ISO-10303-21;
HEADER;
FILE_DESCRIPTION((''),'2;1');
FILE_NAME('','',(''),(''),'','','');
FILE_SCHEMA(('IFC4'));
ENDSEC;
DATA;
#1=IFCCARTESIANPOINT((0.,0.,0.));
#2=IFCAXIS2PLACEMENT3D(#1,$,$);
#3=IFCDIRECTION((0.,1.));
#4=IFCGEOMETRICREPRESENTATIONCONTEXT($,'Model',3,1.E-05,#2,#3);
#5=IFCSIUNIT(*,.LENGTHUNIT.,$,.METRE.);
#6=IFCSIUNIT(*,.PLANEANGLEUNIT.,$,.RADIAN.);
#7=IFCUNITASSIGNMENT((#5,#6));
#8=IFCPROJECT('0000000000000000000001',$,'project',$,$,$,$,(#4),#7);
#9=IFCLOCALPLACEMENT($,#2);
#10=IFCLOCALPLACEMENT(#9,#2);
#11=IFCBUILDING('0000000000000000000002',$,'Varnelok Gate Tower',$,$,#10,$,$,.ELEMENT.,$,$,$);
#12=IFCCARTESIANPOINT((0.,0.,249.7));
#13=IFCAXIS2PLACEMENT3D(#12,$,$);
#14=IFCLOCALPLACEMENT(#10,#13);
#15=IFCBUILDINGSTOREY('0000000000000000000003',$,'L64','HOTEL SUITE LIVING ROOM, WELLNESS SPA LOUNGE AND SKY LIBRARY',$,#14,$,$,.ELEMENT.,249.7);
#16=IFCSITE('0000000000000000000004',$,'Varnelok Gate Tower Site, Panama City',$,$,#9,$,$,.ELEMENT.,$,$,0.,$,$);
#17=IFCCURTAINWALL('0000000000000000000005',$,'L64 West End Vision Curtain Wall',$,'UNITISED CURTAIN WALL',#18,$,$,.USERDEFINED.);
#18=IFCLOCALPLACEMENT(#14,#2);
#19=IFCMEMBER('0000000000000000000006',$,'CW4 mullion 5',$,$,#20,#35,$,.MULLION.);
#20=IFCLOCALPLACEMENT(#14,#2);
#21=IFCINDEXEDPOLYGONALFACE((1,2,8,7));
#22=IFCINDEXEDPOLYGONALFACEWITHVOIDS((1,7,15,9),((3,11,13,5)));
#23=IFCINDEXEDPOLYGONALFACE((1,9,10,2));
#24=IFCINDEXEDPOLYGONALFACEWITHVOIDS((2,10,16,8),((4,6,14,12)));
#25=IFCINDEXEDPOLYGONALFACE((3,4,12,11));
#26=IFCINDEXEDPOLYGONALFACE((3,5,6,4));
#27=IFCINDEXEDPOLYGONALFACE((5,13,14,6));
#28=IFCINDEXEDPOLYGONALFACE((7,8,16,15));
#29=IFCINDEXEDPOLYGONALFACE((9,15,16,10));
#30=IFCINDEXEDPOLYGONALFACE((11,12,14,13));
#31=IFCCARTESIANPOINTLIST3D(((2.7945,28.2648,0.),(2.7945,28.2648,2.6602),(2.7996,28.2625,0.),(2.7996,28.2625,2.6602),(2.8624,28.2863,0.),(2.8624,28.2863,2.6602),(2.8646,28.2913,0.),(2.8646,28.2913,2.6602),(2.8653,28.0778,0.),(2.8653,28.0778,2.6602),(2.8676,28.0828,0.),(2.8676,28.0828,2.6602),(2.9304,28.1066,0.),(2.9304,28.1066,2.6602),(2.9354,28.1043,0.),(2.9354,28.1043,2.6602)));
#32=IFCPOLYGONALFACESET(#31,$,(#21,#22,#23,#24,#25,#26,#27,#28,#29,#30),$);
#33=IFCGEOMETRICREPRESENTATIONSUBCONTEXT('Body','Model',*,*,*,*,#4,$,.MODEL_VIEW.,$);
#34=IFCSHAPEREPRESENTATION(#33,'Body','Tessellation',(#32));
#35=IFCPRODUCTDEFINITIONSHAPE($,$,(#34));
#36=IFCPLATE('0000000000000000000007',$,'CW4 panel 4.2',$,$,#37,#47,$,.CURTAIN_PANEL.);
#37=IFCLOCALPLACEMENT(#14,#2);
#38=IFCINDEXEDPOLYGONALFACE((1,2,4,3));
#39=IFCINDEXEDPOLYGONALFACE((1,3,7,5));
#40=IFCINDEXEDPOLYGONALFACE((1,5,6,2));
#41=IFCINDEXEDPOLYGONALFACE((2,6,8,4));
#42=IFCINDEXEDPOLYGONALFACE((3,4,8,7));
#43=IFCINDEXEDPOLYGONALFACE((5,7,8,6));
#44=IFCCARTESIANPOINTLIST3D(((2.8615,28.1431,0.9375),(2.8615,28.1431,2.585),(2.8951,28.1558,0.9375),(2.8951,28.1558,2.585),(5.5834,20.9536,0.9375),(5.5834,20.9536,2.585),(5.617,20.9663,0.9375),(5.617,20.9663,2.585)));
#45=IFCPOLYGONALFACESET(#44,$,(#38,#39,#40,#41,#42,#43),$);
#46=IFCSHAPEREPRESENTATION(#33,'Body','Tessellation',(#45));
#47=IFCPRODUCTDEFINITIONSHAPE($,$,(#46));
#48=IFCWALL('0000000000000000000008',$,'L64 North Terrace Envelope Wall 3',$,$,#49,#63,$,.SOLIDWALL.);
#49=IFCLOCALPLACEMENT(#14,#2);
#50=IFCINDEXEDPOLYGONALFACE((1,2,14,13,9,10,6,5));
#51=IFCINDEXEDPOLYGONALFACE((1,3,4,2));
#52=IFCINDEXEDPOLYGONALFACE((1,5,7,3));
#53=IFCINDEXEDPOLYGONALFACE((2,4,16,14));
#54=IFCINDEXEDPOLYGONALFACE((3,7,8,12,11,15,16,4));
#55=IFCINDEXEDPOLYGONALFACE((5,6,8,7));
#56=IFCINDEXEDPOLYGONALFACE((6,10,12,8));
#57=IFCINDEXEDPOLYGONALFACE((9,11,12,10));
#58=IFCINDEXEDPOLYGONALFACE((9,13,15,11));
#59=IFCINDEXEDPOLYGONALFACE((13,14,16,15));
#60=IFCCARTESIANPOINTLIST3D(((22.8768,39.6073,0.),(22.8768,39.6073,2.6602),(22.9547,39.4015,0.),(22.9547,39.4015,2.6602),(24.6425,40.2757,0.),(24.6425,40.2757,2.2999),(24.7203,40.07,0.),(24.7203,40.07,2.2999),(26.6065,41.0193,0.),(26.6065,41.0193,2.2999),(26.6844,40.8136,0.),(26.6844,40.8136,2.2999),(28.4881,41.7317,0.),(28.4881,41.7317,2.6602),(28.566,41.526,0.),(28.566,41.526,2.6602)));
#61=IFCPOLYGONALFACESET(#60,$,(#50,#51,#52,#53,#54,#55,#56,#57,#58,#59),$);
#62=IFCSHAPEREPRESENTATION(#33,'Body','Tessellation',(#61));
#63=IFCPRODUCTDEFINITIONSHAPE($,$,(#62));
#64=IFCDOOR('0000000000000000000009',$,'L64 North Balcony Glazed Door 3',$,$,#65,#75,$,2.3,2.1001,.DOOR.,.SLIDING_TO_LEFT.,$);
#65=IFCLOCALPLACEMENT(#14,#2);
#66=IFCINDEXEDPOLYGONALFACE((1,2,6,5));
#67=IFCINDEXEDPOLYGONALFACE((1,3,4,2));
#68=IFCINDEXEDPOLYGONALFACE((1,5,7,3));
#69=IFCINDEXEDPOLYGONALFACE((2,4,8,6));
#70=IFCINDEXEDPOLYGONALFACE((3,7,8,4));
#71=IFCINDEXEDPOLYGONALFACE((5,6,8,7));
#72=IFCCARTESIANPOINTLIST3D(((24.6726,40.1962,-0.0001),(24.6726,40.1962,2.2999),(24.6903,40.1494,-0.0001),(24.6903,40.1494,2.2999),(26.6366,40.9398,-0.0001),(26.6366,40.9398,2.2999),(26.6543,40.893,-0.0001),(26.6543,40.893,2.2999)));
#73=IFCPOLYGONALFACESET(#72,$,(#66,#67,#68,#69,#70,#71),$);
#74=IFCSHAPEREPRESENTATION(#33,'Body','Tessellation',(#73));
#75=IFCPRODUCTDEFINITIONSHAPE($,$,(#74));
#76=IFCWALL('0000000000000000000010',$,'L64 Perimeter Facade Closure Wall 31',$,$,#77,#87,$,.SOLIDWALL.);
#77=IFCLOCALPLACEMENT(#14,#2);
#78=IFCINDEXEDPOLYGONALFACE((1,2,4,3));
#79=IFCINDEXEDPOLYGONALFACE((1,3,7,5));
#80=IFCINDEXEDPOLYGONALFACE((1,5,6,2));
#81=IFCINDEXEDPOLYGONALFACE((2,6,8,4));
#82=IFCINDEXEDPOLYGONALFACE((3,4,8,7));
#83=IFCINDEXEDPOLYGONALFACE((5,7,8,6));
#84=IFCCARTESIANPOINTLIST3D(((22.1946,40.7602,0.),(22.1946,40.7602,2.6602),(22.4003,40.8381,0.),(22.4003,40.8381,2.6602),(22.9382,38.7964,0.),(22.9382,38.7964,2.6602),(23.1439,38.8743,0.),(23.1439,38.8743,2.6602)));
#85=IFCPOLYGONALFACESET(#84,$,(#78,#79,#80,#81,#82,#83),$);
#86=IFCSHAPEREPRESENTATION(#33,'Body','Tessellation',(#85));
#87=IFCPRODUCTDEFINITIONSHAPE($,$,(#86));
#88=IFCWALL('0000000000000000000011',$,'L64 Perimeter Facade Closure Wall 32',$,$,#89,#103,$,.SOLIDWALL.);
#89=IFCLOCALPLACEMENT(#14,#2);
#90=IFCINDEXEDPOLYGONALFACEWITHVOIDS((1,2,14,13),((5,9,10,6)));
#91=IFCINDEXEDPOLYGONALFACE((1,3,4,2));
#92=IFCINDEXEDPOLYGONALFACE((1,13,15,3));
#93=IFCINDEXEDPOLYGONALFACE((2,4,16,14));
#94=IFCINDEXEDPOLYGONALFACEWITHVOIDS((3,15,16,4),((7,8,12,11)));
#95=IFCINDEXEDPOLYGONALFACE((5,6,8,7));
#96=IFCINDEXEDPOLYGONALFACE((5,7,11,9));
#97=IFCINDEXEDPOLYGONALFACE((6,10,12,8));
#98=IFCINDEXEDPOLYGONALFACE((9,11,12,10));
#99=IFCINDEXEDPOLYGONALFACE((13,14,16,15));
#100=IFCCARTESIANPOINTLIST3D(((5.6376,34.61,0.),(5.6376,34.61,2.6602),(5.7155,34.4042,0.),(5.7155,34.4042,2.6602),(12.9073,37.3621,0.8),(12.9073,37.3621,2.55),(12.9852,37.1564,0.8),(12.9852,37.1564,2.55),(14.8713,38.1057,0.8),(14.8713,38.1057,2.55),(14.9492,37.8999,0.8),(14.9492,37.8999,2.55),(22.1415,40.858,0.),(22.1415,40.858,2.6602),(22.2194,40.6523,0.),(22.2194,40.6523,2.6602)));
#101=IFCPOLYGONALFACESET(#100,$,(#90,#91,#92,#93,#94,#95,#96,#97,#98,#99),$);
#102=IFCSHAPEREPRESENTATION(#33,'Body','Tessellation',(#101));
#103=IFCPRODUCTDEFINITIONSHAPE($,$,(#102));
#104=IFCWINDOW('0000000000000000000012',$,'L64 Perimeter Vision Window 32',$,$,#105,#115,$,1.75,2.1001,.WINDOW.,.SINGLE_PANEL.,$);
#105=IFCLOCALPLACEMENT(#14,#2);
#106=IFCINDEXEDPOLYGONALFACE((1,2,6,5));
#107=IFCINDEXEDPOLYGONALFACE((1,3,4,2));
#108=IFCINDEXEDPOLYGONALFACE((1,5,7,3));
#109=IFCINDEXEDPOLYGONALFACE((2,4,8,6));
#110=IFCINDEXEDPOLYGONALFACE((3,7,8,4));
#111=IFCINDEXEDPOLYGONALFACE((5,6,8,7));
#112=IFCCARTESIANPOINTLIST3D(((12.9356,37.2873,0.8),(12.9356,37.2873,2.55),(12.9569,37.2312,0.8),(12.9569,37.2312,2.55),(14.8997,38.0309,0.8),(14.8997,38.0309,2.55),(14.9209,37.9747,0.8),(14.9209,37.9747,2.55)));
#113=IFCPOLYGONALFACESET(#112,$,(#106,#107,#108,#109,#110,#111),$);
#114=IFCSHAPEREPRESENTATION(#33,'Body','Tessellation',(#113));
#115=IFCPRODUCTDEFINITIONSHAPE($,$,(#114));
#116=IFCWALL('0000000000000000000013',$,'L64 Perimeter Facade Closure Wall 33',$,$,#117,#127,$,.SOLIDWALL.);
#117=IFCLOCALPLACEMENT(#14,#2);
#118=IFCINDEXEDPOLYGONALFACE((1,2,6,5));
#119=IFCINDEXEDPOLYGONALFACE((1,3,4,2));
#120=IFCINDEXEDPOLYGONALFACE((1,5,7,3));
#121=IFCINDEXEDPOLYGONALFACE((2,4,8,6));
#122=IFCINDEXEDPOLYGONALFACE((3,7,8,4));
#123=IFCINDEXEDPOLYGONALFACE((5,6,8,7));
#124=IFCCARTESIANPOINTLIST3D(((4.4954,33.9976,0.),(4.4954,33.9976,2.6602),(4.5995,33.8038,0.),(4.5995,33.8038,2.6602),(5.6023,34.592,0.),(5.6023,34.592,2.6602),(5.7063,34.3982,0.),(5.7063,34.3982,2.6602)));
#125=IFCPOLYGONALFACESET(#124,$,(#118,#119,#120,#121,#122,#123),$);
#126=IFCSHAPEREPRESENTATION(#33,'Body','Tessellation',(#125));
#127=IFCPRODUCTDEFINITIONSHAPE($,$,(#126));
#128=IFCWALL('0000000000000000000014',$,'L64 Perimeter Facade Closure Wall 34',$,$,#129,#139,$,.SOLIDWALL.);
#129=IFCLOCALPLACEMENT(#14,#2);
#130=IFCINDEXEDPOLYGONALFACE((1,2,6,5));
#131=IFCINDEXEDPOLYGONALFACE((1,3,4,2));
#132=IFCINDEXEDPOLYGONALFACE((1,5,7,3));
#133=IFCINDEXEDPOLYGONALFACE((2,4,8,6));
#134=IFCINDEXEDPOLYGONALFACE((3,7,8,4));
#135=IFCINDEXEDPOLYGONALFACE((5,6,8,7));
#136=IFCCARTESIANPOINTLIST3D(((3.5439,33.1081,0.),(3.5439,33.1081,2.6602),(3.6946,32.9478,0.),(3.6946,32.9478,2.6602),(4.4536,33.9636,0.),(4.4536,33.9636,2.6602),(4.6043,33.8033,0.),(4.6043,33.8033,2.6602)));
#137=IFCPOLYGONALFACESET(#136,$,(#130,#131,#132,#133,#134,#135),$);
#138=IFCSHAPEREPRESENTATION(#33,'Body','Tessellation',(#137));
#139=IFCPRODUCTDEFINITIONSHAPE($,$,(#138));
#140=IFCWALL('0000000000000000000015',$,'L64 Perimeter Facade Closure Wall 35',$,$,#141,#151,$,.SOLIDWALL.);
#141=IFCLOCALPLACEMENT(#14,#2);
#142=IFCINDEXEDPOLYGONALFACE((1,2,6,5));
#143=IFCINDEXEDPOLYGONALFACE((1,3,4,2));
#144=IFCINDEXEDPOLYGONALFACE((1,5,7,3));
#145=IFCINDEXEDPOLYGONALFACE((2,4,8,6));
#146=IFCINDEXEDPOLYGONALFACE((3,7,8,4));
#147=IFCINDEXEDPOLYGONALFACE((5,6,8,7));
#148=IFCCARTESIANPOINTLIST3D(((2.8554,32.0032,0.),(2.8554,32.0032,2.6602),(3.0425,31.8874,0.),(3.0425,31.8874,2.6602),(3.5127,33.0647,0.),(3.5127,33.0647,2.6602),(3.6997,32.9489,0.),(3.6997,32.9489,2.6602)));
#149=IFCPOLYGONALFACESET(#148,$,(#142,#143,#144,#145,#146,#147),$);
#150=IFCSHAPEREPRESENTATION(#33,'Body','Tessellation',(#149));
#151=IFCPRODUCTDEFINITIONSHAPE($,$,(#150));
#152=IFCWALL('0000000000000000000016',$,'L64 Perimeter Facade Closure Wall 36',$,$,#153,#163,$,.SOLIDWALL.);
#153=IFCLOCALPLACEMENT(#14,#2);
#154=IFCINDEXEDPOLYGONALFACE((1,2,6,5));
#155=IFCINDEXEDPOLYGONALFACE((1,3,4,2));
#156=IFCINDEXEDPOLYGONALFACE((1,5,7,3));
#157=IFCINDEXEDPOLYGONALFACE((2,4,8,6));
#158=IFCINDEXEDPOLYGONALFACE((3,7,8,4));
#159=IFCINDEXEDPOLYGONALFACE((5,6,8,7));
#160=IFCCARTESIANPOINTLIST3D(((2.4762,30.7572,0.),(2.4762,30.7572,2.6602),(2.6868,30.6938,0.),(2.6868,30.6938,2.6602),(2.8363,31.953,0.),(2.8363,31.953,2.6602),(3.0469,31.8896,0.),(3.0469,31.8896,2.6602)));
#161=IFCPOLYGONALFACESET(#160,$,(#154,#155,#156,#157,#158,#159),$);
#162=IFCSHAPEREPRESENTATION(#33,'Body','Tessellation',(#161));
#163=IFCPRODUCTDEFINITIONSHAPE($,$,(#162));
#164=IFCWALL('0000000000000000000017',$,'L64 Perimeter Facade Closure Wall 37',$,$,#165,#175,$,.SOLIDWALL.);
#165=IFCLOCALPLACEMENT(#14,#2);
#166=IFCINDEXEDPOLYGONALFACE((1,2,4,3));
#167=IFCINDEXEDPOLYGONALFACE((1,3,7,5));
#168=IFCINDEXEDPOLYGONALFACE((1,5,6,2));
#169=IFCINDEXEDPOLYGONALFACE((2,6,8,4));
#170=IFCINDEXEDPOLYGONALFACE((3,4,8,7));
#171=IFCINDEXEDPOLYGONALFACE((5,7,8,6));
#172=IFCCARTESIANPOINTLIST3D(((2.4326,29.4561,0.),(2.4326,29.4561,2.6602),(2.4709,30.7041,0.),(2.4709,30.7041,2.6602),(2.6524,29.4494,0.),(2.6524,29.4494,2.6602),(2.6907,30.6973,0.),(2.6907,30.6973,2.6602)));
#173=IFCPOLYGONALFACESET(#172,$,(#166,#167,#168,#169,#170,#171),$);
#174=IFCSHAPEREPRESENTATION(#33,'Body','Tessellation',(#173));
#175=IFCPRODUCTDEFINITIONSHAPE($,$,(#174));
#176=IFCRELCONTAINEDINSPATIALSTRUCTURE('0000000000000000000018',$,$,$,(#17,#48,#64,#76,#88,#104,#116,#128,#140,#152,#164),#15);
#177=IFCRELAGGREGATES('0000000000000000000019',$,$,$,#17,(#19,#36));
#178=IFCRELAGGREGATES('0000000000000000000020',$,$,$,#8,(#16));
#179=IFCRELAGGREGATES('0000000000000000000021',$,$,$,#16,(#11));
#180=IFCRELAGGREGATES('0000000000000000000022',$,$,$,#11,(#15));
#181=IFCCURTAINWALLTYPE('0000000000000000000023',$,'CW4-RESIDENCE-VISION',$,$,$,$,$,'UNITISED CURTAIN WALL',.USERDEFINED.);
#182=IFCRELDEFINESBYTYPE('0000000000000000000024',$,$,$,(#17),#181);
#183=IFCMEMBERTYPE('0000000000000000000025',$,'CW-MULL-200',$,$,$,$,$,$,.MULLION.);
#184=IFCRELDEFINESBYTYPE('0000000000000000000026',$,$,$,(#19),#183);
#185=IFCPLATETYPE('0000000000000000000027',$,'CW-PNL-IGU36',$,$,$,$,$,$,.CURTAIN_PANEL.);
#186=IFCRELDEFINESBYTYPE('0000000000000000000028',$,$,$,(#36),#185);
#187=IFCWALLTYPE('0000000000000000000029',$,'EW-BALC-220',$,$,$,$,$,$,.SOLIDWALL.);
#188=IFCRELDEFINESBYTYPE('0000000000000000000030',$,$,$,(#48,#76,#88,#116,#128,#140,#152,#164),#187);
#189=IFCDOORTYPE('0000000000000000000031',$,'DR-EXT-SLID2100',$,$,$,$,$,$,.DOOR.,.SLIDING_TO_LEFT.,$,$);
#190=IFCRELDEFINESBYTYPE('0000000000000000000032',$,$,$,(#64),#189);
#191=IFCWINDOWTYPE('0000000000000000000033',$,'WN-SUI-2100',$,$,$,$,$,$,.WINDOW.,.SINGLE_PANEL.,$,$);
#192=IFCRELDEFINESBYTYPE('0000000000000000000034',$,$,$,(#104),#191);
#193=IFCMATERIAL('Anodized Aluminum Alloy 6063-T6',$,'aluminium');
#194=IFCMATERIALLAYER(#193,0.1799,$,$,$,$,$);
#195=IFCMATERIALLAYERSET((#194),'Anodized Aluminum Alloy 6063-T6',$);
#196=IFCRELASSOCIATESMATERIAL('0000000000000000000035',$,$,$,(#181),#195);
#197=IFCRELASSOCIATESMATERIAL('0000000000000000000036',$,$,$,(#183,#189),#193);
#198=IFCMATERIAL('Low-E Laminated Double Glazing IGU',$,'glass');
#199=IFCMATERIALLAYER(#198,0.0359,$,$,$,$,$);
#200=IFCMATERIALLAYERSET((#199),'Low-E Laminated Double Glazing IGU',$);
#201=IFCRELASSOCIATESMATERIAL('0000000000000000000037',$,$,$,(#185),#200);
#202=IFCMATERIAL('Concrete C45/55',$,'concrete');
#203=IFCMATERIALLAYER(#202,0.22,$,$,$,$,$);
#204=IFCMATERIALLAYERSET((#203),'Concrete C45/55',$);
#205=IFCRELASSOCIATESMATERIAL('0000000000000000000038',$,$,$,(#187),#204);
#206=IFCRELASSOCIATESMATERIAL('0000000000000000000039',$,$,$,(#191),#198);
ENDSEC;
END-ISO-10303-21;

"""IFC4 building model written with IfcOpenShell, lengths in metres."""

from ifc_helpers import new_model, si_unit, direction, frame, frame_2d, origin, origin_2d, place, context, subcontext, project, spatial, rectangle, hollow_rectangle, extrude, source, transform, mapped, material, layer, layer_set, material_profile, profile_set, type_object, element, fill, aggregate, save


model = new_model("IFC4")

# Units and contexts
model_context = context("Model", 3, precision=1e-05, world=origin(), true_north=direction((0.0, 1.0)))
body_context = subcontext(model_context, "Body", "Model", "MODEL_VIEW")
ifc_project = project(units=[si_unit("LENGTHUNIT", "METRE"), si_unit("PLANEANGLEUNIT", "RADIAN")], contexts=[model_context])

# Site, building, storey
site_placement = place(None, origin())
site = spatial("IfcSite", under=ifc_project, at=site_placement, Name="Varnelok Gate Tower Site, Panama City", CompositionType="ELEMENT", RefElevation=0.0)
building_placement = place(site_placement, origin())
building = spatial("IfcBuilding", under=site, at=building_placement, Name="Varnelok Gate Tower", CompositionType="ELEMENT")
storey_placement = place(building_placement, frame((0.0, 0.0, 249.7)))
storey = spatial("IfcBuildingStorey", under=building, at=storey_placement, Name="L64", Description="HOTEL SUITE LIVING ROOM, WELLNESS SPA LOUNGE AND SKY LIBRARY", CompositionType="ELEMENT", Elevation=249.7)

# Curtain wall, member, plate
ifc_material_1 = material(Name="Anodized Aluminum Alloy 6063-T6", Category="aluminium")
ifc_layer_1 = layer(ifc_material_1, 0.1799)
ifc_layer_set_1 = layer_set([ifc_layer_1], Name="Anodized Aluminum Alloy 6063-T6")
curtain_wall_type = type_object("IfcCurtainWallType", Name="CW4-RESIDENCE-VISION", ElementType="UNITISED CURTAIN WALL", PredefinedType="USERDEFINED", material=ifc_layer_set_1)
curtain_wall_placement = place(storey_placement, origin())
curtain_wall = element("IfcCurtainWall", 1, at=curtain_wall_placement, inside=storey, type_object=curtain_wall_type, Name="L64 West End Vision Curtain Wall", ObjectType="UNITISED CURTAIN WALL", PredefinedType="USERDEFINED")
ifc_material_profile_1 = material_profile(ifc_material_1, hollow_rectangle(XDim=0.075, YDim=0.2, WallThickness=0.0039, at=origin_2d()), Name="ALU200X75X4")
ifc_profile_set_1 = profile_set([ifc_material_profile_1], Name="Anodized Aluminum Alloy 6063-T6")
member_type = type_object("IfcMemberType", Name="CW-MULL-200", PredefinedType="MULLION", material=ifc_profile_set_1)
member_placement = place(storey_placement, frame((2.865, 28.1846, 0.0), z_axis=(0.0, 0.0, 1.0), x_axis=(-0.935222, -0.354063, 0.0)))
member = element("IfcMember", 2, at=member_placement, type_object=member_type, Name="CW4 mullion 5", PredefinedType="MULLION", context=body_context, shape_type="SweptSolid", body=[
    extrude(hollow_rectangle(XDim=0.075, YDim=0.2, WallThickness=0.0039, at=origin_2d()), origin(), (0.0, 0.0, 1.0), 2.6602),
])
ifc_material_2 = material(Name="Low-E Laminated Double Glazing IGU", Category="glass")
ifc_layer_2 = layer(ifc_material_2, 0.0359)
ifc_layer_set_2 = layer_set([ifc_layer_2], Name="Low-E Laminated Double Glazing IGU")
plate_type = type_object("IfcPlateType", Name="CW-PNL-IGU36", PredefinedType="CURTAIN_PANEL", material=ifc_layer_set_2)
shared_shape_1 = source(origin(), body_context, "Body", "SweptSolid", [
    extrude(rectangle(XDim=7.6875, YDim=0.0359, at=origin_2d()), origin(), (0.0, 0.0, 1.0), 1.6475),
])
plate_placement = place(storey_placement, frame((4.2393, 24.5547, 0.9375), z_axis=(0.0, 0.0, 1.0), x_axis=(-0.354063, 0.935222, 0.0)))
plate = element("IfcPlate", 3, at=plate_placement, type_object=plate_type, Name="CW4 panel 4.2", PredefinedType="CURTAIN_PANEL", context=body_context, shape_type="MappedRepresentation", body=[
    mapped(shared_shape_1, transform((0.0, 0.0, 0.0), scale=1.0)),
])
aggregate(curtain_wall, [member, plate])

# Wall, opening, door
ifc_material_3 = material(Name="Concrete C45/55", Category="concrete")
ifc_layer_3 = layer(ifc_material_3, 0.22)
ifc_layer_set_3 = layer_set([ifc_layer_3], Name="Concrete C45/55")
wall_type = type_object("IfcWallType", Name="EW-BALC-220", PredefinedType="SOLIDWALL", material=ifc_layer_set_3)
wall_1_placement = place(storey_placement, frame((22.9158, 39.5044, 0.0), z_axis=(0.0, 0.0, 1.0), x_axis=(0.935214, 0.354083, 0.0)))
wall_1 = element("IfcWall", 4, at=wall_1_placement, inside=storey, type_object=wall_type, Name="L64 North Terrace Envelope Wall 3", PredefinedType="SOLIDWALL", context=body_context, shape_type="SweptSolid", body=[
    extrude(rectangle(XDim=6.0, YDim=0.22, at=frame_2d((3.0, 0.0))), origin(), (0.0, 0.0, 1.0), 2.6602),
])
opening_1_placement = place(wall_1_placement, frame((1.8879, 0.0, 0.0)))
opening_1 = element("IfcOpeningElement", 5, at=opening_1_placement, cuts=wall_1, PredefinedType="OPENING", context=body_context, shape_type="SweptSolid", body=[
    extrude(rectangle(XDim=2.1001, YDim=2.3, at=frame_2d((1.05, 1.1499))), frame((0.0, 0.1199, 0.0), z_axis=(0.0, -1.0, 0.0), x_axis=(1.0, 0.0, 0.0)), (0.0, 0.0, 1.0), 0.24),
])
door_type = type_object("IfcDoorType", Name="DR-EXT-SLID2100", OperationType="SLIDING_TO_LEFT", PredefinedType="DOOR", material=ifc_material_1)
door_placement = place(opening_1_placement, origin())
door = element("IfcDoor", 6, at=door_placement, inside=storey, type_object=door_type, Name="L64 North Balcony Glazed Door 3", OperationType="SLIDING_TO_LEFT", OverallHeight=2.3, OverallWidth=2.1001, PredefinedType="DOOR", context=body_context, shape_type="SweptSolid", body=[
    extrude(rectangle(XDim=2.1001, YDim=2.3, at=frame_2d((1.05, 1.1499))), frame((0.0, 0.0249, 0.0), z_axis=(0.0, -1.0, 0.0), x_axis=(1.0, 0.0, 0.0)), (0.0, 0.0, 1.0), 0.05),
])
fill(opening_1, door)

# Wall
wall_2_placement = place(storey_placement, frame((23.041, 38.8354, 0.0), z_axis=(0.0, 0.0, 1.0), x_axis=(-0.354128, 0.935197, 0.0)))
element("IfcWall", 7, at=wall_2_placement, inside=storey, type_object=wall_type, Name="L64 Perimeter Facade Closure Wall 31", PredefinedType="SOLIDWALL", context=body_context, shape_type="SweptSolid", body=[
    extrude(rectangle(XDim=2.0999, YDim=0.22, at=frame_2d((1.0498, 0.0))), origin(), (0.0, 0.0, 1.0), 2.6602),
])

# Wall, opening, window
wall_3_placement = place(storey_placement, frame((22.1804, 40.7551, 0.0), z_axis=(0.0, 0.0, 1.0), x_axis=(-0.935224, -0.354057, 0.0)))
wall_3 = element("IfcWall", 8, at=wall_3_placement, inside=storey, type_object=wall_type, Name="L64 Perimeter Facade Closure Wall 32", PredefinedType="SOLIDWALL", context=body_context, shape_type="SweptSolid", body=[
    extrude(rectangle(XDim=17.647, YDim=0.22, at=frame_2d((8.8235, 0.0))), origin(), (0.0, 0.0, 1.0), 2.6602),
])
opening_2_placement = place(wall_3_placement, frame((7.7737, 0.0, 0.8)))
opening_2 = element("IfcOpeningElement", 9, at=opening_2_placement, cuts=wall_3, PredefinedType="OPENING", context=body_context, shape_type="SweptSolid", body=[
    extrude(rectangle(XDim=2.1001, YDim=1.75, at=frame_2d((1.05, 0.875))), frame((0.0, 0.1199, 0.0), z_axis=(0.0, -1.0, 0.0), x_axis=(1.0, 0.0, 0.0)), (0.0, 0.0, 1.0), 0.24),
])
window_type = type_object("IfcWindowType", Name="WN-SUI-2100", PartitioningType="SINGLE_PANEL", PredefinedType="WINDOW", material=ifc_material_2)
window_placement = place(opening_2_placement, origin())
window = element("IfcWindow", 10, at=window_placement, inside=storey, type_object=window_type, Name="L64 Perimeter Vision Window 32", OverallHeight=1.75, OverallWidth=2.1001, PartitioningType="SINGLE_PANEL", PredefinedType="WINDOW", context=body_context, shape_type="SweptSolid", body=[
    extrude(rectangle(XDim=2.1001, YDim=1.75, at=frame_2d((1.05, 0.875))), frame((0.0, 0.03, 0.0), z_axis=(0.0, -1.0, 0.0), x_axis=(1.0, 0.0, 0.0)), (0.0, 0.0, 1.0), 0.0601),
])
fill(opening_2, window)

# Walls
wall_4_placement = place(storey_placement, frame((5.6543, 34.4951, 0.0), z_axis=(0.0, 0.0, 1.0), x_axis=(-0.880988, -0.473138, 0.0)))
element("IfcWall", 11, at=wall_4_placement, inside=storey, type_object=wall_type, Name="L64 Perimeter Facade Closure Wall 33", PredefinedType="SOLIDWALL", context=body_context, shape_type="SweptSolid", body=[
    extrude(rectangle(XDim=1.2563, YDim=0.22, at=frame_2d((0.6282, 0.0))), origin(), (0.0, 0.0, 1.0), 2.6602),
])
wall_5_placement = place(storey_placement, frame((4.5291, 33.8835, 0.0), z_axis=(0.0, 0.0, 1.0), x_axis=(-0.728475, -0.685072, 0.0)))
element("IfcWall", 12, at=wall_5_placement, inside=storey, type_object=wall_type, Name="L64 Perimeter Facade Closure Wall 34", PredefinedType="SOLIDWALL", context=body_context, shape_type="SweptSolid", body=[
    extrude(rectangle(XDim=1.2488, YDim=0.22, at=frame_2d((0.6245, 0.0))), origin(), (0.0, 0.0, 1.0), 2.6602),
])
wall_6_placement = place(storey_placement, frame((3.6062, 33.0068, 0.0), z_axis=(0.0, 0.0, 1.0), x_axis=(-0.526408, -0.850232, 0.0)))
element("IfcWall", 13, at=wall_6_placement, inside=storey, type_object=wall_type, Name="L64 Perimeter Facade Closure Wall 35", PredefinedType="SOLIDWALL", context=body_context, shape_type="SweptSolid", body=[
    extrude(rectangle(XDim=1.2485, YDim=0.22, at=frame_2d((0.6243, 0.0))), origin(), (0.0, 0.0, 1.0), 2.6602),
])
wall_7_placement = place(storey_placement, frame((2.9417, 31.9214, 0.0), z_axis=(0.0, 0.0, 1.0), x_axis=(-0.288352, -0.957524, 0.0)))
element("IfcWall", 14, at=wall_7_placement, inside=storey, type_object=wall_type, Name="L64 Perimeter Facade Closure Wall 36", PredefinedType="SOLIDWALL", context=body_context, shape_type="SweptSolid", body=[
    extrude(rectangle(XDim=1.2488, YDim=0.22, at=frame_2d((0.6245, 0.0))), origin(), (0.0, 0.0, 1.0), 2.6602),
])
wall_8_placement = place(storey_placement, frame((2.5808, 30.7007, 0.0), z_axis=(0.0, 0.0, 1.0), x_axis=(-0.030698, -0.999529, 0.0)))
element("IfcWall", 15, at=wall_8_placement, inside=storey, type_object=wall_type, Name="L64 Perimeter Facade Closure Wall 37", PredefinedType="SOLIDWALL", context=body_context, shape_type="SweptSolid", body=[
    extrude(rectangle(XDim=1.2485, YDim=0.22, at=frame_2d((0.6243, 0.0))), origin(), (0.0, 0.0, 1.0), 2.6602),
])

save(model, "model.ifc")
